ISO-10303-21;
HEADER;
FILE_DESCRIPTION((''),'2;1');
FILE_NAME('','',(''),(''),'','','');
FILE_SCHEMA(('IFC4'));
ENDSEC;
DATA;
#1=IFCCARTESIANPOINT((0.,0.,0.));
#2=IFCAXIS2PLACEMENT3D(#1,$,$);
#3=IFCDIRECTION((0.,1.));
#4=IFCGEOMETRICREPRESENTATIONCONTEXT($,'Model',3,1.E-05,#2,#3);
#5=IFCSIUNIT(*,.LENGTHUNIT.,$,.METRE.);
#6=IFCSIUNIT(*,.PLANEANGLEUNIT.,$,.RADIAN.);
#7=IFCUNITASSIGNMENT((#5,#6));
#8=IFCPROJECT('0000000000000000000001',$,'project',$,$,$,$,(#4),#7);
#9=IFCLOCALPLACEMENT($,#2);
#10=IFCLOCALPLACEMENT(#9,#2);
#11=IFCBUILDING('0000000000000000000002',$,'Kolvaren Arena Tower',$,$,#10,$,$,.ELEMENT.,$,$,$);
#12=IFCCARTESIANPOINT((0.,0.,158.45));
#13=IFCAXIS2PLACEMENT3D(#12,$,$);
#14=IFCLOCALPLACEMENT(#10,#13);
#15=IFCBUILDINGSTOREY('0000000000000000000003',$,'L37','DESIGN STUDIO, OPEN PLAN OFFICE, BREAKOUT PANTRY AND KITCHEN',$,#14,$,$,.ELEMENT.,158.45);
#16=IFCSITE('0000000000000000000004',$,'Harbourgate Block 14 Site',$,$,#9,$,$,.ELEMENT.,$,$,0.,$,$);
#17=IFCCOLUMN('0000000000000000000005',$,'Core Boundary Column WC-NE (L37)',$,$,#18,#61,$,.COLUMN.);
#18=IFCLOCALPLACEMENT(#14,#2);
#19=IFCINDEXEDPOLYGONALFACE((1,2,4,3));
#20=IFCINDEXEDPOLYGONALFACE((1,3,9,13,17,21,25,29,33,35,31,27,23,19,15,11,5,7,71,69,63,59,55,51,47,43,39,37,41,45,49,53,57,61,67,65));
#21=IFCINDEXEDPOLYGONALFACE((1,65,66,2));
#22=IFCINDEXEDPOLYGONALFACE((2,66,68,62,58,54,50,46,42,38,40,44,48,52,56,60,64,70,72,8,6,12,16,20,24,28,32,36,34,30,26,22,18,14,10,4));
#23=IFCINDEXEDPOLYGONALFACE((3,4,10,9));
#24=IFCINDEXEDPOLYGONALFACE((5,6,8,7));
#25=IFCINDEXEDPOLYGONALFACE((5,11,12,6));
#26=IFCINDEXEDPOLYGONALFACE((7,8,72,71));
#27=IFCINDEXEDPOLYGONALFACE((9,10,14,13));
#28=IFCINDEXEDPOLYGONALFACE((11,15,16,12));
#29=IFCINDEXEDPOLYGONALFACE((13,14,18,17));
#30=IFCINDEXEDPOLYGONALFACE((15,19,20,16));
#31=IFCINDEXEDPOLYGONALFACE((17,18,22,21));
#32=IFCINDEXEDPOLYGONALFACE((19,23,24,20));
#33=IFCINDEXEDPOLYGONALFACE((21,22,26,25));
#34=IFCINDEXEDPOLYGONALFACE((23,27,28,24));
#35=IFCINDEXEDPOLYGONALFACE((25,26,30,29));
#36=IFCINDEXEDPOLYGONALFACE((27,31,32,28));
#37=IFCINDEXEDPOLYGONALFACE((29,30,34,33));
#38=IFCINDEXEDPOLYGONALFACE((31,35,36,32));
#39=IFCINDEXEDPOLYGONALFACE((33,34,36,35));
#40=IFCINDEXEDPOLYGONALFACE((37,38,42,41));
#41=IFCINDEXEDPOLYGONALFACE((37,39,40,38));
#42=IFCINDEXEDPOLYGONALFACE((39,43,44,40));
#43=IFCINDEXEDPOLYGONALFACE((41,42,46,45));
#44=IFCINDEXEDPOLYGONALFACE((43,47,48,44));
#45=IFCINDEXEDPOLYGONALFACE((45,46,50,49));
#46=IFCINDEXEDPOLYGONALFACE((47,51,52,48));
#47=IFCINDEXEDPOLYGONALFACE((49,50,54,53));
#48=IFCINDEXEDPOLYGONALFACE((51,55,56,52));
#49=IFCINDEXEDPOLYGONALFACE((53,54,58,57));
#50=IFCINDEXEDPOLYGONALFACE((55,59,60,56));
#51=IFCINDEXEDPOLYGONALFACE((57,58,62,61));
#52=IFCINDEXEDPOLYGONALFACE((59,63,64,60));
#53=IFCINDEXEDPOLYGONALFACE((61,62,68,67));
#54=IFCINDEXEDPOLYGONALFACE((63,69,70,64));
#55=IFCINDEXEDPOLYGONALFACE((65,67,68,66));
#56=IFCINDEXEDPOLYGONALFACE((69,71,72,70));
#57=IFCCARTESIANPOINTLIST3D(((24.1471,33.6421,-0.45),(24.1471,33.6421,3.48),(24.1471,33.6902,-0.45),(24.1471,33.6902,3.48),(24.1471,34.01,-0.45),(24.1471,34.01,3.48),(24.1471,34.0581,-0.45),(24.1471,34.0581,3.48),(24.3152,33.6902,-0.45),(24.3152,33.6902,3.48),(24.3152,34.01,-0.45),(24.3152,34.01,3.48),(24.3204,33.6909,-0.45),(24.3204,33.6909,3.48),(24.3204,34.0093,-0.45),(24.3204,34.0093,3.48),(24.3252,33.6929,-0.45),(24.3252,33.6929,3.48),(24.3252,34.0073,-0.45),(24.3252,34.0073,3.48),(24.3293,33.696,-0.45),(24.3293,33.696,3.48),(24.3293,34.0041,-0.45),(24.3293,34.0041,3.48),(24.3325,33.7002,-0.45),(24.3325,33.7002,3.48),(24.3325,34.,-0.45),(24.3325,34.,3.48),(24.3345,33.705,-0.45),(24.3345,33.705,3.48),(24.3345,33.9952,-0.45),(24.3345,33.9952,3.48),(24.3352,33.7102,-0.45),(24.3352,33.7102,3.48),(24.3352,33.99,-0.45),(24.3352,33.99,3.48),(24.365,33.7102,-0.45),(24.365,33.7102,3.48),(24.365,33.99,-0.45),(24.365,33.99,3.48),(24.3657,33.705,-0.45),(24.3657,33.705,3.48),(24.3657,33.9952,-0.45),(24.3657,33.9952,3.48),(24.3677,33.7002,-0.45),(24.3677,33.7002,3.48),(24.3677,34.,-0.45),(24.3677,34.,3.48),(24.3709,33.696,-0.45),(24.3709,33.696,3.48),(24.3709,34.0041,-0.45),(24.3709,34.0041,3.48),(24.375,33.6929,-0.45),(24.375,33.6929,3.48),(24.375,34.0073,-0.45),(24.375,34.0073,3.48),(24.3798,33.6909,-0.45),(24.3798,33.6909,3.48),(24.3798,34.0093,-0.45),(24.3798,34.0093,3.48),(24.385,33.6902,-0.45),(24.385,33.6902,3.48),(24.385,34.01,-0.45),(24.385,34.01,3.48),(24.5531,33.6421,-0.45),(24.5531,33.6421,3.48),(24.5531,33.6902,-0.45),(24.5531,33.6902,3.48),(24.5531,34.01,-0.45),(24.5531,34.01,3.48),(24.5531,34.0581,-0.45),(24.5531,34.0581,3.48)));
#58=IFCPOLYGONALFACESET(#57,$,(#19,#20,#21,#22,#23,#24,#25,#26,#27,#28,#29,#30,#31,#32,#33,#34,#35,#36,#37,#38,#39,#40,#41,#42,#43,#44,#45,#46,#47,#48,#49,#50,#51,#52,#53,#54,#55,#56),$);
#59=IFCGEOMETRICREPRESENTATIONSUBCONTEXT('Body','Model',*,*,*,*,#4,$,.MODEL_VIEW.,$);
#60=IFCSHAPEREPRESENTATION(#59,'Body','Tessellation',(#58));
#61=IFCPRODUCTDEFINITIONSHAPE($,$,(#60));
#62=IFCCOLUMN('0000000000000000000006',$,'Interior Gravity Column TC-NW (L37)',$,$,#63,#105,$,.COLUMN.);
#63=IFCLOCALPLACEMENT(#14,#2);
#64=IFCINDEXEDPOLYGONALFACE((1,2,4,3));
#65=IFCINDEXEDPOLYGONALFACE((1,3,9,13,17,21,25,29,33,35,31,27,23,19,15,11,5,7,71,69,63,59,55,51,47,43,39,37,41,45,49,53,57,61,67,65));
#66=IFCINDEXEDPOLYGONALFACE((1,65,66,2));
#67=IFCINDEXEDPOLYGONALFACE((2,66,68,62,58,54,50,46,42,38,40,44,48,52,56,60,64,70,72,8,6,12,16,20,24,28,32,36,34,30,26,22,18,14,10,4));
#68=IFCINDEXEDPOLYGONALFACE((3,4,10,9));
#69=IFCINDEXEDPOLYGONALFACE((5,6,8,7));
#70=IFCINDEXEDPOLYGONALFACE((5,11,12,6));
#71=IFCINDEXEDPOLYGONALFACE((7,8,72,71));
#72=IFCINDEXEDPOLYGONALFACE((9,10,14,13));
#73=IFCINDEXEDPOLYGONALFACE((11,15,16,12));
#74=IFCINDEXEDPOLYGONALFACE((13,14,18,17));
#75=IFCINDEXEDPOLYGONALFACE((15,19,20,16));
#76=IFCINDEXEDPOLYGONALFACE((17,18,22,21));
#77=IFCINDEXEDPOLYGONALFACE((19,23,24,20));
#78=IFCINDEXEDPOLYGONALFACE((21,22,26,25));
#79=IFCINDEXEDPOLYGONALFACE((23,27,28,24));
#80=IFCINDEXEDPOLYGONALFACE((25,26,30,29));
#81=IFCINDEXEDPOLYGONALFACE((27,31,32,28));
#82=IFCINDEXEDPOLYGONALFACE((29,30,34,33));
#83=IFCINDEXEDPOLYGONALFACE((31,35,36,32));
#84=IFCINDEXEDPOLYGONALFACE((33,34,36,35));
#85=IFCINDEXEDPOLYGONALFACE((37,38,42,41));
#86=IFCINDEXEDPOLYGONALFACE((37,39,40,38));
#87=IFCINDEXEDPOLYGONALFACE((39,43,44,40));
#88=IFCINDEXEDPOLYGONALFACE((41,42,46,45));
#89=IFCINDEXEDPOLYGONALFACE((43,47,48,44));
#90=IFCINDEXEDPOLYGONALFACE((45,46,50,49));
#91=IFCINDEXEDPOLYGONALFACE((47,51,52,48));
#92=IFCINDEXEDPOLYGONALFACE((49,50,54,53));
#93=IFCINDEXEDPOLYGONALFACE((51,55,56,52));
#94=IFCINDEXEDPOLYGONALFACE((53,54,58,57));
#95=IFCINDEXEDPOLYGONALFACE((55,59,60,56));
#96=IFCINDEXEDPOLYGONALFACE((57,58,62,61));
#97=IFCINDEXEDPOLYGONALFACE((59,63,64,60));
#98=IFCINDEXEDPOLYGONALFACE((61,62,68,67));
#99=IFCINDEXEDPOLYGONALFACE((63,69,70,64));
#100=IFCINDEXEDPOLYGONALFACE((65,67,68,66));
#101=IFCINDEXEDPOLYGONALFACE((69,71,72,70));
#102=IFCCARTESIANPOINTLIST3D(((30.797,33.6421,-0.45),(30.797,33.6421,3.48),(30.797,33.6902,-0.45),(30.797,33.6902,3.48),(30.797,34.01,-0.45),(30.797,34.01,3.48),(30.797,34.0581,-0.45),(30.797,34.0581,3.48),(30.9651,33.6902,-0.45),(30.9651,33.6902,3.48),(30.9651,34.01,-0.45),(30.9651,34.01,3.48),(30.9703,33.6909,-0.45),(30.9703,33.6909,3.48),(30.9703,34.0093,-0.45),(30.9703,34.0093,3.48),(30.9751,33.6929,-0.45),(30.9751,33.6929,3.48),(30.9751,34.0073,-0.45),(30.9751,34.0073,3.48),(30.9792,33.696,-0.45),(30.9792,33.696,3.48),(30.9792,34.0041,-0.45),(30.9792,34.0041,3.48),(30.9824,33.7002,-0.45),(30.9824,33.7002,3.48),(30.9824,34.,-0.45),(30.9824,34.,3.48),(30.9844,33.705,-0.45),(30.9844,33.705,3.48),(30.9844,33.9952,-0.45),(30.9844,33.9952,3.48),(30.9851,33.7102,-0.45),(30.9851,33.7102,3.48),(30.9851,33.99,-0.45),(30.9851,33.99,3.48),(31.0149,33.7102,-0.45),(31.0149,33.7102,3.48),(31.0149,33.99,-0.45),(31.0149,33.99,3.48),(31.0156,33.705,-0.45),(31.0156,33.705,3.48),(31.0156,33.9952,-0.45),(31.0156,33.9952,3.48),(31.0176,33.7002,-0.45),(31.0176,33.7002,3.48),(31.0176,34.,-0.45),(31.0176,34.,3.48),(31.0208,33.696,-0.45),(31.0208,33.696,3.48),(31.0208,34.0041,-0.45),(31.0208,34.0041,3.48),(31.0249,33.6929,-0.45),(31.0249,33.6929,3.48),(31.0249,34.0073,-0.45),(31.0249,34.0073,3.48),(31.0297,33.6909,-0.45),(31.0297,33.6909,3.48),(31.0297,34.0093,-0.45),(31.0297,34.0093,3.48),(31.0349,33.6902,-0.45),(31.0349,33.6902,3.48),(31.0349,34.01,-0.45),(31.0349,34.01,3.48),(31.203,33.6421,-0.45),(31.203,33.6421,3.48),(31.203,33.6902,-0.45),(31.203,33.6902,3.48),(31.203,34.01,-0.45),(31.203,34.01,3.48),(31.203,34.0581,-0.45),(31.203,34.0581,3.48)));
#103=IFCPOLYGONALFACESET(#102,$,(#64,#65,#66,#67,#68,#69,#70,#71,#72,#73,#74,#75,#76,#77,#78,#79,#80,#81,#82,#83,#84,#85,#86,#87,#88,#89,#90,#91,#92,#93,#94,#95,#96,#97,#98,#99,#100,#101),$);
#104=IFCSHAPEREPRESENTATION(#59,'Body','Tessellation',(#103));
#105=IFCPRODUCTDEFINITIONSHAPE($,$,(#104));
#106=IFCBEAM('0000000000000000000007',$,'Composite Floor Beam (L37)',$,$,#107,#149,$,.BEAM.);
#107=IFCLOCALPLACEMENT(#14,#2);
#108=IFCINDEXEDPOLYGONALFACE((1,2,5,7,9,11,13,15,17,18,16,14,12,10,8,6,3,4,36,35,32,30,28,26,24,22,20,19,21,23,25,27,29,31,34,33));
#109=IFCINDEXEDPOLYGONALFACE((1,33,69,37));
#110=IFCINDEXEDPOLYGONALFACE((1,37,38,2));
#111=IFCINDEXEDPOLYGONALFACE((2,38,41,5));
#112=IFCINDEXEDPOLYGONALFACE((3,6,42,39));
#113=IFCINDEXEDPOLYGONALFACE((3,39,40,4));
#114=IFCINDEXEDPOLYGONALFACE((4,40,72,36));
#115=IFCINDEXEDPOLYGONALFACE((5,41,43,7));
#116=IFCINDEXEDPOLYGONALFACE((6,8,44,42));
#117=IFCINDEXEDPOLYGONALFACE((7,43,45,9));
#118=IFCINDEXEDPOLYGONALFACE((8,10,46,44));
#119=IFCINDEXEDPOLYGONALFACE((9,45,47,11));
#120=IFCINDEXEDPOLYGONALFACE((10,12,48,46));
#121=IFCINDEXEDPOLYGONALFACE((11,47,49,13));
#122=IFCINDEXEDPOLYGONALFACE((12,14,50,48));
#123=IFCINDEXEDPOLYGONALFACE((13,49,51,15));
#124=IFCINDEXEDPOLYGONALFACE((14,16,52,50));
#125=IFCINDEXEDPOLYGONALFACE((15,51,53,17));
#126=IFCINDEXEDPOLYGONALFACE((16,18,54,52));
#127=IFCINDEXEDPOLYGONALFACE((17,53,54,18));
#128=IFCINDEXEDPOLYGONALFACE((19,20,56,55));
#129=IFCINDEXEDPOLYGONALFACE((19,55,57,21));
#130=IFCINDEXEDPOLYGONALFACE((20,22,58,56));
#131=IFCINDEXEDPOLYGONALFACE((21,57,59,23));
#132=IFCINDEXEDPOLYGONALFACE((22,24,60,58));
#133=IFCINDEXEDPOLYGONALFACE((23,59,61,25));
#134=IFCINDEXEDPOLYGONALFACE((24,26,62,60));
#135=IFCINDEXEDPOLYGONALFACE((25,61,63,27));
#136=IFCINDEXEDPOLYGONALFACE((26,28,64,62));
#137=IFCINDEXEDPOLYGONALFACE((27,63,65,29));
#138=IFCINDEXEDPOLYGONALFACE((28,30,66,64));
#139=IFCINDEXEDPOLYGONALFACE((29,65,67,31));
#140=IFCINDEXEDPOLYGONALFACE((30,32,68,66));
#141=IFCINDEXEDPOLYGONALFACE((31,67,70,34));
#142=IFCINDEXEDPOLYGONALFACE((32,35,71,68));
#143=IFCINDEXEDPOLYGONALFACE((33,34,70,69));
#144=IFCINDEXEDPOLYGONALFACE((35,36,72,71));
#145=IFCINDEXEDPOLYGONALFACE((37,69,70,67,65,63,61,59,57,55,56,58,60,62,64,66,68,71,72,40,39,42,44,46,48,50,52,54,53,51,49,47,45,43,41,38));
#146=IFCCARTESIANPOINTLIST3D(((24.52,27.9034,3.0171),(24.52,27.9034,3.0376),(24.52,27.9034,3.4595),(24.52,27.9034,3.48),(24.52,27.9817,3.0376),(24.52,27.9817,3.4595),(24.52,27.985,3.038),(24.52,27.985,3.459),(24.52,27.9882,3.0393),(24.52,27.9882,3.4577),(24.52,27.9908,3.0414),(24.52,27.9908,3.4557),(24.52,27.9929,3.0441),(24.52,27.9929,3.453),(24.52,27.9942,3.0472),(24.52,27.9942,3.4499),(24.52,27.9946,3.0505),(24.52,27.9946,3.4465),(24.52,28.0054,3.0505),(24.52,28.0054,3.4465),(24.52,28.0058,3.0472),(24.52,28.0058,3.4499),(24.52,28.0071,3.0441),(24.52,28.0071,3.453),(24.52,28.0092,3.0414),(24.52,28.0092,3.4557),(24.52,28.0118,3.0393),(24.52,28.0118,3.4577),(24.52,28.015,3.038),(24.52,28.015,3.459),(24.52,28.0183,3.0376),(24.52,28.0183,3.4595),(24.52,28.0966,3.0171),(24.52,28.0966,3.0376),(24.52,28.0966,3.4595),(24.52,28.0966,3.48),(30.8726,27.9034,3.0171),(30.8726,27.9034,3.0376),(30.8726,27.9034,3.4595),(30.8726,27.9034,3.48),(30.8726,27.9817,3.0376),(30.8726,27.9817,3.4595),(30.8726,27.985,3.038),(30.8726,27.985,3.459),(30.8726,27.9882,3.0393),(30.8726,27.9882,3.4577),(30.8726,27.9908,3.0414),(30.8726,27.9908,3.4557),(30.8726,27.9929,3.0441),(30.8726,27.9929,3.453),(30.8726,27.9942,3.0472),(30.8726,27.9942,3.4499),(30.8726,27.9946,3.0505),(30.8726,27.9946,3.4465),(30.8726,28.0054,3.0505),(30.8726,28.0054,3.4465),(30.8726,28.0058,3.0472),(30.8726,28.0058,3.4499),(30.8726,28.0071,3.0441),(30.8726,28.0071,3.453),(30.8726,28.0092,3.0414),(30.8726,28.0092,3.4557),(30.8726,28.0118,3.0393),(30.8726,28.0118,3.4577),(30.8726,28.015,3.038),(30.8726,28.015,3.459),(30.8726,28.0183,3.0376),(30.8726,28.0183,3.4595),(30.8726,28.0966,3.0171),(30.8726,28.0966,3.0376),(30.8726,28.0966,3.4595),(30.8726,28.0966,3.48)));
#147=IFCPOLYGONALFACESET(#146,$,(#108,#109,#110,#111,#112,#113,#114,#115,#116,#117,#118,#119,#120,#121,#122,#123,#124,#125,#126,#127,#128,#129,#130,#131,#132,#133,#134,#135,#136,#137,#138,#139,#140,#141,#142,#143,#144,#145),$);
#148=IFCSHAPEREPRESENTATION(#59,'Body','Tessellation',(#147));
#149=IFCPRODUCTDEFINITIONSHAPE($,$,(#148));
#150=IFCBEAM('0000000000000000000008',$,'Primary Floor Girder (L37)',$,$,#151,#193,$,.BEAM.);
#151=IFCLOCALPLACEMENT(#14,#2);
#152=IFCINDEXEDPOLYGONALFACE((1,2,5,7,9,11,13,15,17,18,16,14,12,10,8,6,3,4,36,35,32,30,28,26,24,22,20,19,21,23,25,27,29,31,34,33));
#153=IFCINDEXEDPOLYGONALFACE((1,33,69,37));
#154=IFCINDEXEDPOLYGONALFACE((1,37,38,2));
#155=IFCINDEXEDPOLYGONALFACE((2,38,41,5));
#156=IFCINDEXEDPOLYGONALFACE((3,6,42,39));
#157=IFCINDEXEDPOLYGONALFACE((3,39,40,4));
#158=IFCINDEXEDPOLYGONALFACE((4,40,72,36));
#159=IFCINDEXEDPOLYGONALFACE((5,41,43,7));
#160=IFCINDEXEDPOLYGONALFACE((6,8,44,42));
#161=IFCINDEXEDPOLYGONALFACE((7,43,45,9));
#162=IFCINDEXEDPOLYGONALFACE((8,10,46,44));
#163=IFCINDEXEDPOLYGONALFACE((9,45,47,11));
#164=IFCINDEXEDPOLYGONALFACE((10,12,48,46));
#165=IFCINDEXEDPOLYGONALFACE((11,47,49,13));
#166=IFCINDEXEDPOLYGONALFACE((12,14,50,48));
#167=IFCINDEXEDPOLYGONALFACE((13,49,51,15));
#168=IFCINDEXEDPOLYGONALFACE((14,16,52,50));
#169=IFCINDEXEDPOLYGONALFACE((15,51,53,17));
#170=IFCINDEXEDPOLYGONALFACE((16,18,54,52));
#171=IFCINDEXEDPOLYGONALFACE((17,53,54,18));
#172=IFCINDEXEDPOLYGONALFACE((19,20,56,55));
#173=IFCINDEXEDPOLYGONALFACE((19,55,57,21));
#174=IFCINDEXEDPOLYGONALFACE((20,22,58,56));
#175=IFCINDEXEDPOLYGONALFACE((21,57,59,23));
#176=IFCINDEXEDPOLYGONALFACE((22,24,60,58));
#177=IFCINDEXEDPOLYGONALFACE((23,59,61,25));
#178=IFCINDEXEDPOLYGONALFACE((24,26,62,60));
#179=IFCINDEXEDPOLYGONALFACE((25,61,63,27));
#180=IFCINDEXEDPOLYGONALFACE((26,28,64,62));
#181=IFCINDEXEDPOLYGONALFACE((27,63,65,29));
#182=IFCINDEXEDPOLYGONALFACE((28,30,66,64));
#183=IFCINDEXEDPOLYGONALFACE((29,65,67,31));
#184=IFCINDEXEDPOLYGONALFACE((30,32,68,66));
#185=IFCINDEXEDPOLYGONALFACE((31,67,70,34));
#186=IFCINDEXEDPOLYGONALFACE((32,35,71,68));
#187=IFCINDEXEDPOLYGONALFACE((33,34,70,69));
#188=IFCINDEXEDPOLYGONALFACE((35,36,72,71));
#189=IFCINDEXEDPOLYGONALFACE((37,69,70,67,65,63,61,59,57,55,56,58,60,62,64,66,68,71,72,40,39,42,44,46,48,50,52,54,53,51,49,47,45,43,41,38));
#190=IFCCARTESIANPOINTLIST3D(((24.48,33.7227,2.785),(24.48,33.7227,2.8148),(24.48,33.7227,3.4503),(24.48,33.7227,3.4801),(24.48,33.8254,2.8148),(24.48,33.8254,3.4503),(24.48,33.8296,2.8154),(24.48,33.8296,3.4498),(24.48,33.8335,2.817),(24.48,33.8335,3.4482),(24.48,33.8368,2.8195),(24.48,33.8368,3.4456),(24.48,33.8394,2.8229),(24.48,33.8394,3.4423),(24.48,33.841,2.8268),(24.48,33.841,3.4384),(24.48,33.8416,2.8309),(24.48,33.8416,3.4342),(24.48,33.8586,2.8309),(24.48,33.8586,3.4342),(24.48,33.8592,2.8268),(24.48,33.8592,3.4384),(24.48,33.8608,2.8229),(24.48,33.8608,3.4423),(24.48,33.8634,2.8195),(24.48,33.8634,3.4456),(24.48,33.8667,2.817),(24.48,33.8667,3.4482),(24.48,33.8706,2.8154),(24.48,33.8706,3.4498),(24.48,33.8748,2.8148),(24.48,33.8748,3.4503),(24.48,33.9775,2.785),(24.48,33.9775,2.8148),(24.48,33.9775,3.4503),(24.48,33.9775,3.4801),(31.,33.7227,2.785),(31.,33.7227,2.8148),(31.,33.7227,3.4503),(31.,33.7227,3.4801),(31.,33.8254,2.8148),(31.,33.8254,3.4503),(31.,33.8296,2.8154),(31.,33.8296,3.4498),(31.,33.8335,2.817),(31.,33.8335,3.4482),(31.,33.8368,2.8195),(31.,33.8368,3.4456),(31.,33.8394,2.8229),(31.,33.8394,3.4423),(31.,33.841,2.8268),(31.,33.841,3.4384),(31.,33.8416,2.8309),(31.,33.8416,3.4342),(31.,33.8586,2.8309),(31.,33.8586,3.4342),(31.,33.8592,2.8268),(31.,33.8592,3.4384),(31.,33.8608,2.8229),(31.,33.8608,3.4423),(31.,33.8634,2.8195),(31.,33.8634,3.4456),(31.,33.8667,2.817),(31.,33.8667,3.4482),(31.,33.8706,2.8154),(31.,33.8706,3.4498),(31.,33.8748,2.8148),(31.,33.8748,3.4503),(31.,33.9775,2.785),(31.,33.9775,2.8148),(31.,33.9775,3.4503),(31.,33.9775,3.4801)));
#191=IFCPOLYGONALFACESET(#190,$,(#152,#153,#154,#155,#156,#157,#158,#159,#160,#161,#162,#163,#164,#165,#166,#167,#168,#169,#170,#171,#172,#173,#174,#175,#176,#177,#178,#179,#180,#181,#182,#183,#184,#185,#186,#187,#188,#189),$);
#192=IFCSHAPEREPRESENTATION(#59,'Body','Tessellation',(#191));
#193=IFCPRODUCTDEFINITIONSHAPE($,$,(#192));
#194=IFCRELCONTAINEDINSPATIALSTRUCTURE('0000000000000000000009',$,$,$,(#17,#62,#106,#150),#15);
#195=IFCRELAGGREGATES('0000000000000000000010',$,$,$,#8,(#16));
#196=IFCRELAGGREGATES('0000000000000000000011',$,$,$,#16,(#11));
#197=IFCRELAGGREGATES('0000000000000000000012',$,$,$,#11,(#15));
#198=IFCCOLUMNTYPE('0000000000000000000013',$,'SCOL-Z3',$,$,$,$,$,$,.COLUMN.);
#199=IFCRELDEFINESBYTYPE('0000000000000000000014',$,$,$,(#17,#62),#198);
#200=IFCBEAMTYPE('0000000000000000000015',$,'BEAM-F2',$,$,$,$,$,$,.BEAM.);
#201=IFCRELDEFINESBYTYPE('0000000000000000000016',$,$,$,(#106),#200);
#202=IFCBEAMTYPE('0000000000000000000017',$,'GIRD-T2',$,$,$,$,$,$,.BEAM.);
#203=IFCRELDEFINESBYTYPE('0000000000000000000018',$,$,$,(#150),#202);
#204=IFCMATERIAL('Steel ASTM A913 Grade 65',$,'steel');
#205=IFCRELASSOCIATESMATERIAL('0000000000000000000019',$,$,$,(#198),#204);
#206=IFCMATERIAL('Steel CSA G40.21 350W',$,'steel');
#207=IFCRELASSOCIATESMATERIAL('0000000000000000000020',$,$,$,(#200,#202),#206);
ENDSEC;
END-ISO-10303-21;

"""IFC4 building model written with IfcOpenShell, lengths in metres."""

from ifc_helpers import new_model, si_unit, direction, frame, origin, origin_2d, place, context, subcontext, project, spatial, i_section, extrude, material, material_profile, profile_set, type_object, element, save


model = new_model("IFC4")

# Units and contexts
model_context = context("Model", 3, precision=1e-05, world=origin(), true_north=direction((0.0, 1.0)))
body_context = subcontext(model_context, "Body", "Model", "MODEL_VIEW")
ifc_project = project(units=[si_unit("LENGTHUNIT", "METRE"), si_unit("PLANEANGLEUNIT", "RADIAN")], contexts=[model_context])

# Site, building, storey
site_placement = place(None, origin())
site = spatial("IfcSite", under=ifc_project, at=site_placement, Name="Harbourgate Block 14 Site", CompositionType="ELEMENT", RefElevation=0.0)
building_placement = place(site_placement, origin())
building = spatial("IfcBuilding", under=site, at=building_placement, Name="Kolvaren Arena Tower", CompositionType="ELEMENT")
storey_placement = place(building_placement, frame((0.0, 0.0, 158.45)))
storey = spatial("IfcBuildingStorey", under=building, at=storey_placement, Name="L37", Description="DESIGN STUDIO, OPEN PLAN OFFICE, BREAKOUT PANTRY AND KITCHEN", CompositionType="ELEMENT", Elevation=158.45)

# Columns
ifc_material_1 = material(Name="Steel ASTM A913 Grade 65", Category="steel")
ifc_material_profile_1 = material_profile(ifc_material_1, i_section(OverallWidth=0.406, OverallDepth=0.416, WebThickness=0.0298, FlangeThickness=0.0481, FilletRadius=0.02, at=origin_2d()), Name="W360x382")
ifc_profile_set_1 = profile_set([ifc_material_profile_1], Name="Steel ASTM A913 Grade 65")
column_type = type_object("IfcColumnType", Name="SCOL-Z3", PredefinedType="COLUMN", material=ifc_profile_set_1)
for number, where, z_axis, x_axis, name in (
    (1, (24.3501, 33.8501, -0.45), (0.0, 0.0, 1.0), (1.0, 0.0, 0.0), "Core Boundary Column WC-NE (L37)"),
    (2, (31.0, 33.8501, -0.45), (0.0, 0.0, 1.0), (1.0, 0.0, 0.0), "Interior Gravity Column TC-NW (L37)"),
):
    element("IfcColumn", number, at=place(storey_placement, frame(where, z_axis=z_axis, x_axis=x_axis)), inside=storey, type_object=column_type, Name=name, PredefinedType="COLUMN", context=body_context, shape_type="SweptSolid", body=[
        extrude(i_section(OverallWidth=0.406, OverallDepth=0.416, WebThickness=0.0298, FlangeThickness=0.0481, FilletRadius=0.02, at=origin_2d()), origin(), (0.0, 0.0, 1.0), 3.9299),
    ])

# Beams
ifc_material_2 = material(Name="Steel CSA G40.21 350W", Category="steel")
ifc_material_profile_2 = material_profile(ifc_material_2, i_section(OverallWidth=0.1931, OverallDepth=0.4629, WebThickness=0.0107, FlangeThickness=0.0205, FilletRadius=0.0129, at=origin_2d()), Name="W460x113")
ifc_profile_set_2 = profile_set([ifc_material_profile_2], Name="Steel CSA G40.21 350W")
beam_type_1 = type_object("IfcBeamType", Name="BEAM-F2", PredefinedType="BEAM", material=ifc_profile_set_2)
beam_1_placement = place(storey_placement, frame((24.52, 28.0, 3.2485), z_axis=(1.0, 0.0, 0.0), x_axis=(0.0, 1.0, 0.0)))
element("IfcBeam", 3, at=beam_1_placement, inside=storey, type_object=beam_type_1, Name="Composite Floor Beam (L37)", PredefinedType="BEAM", context=body_context, shape_type="SweptSolid", body=[
    extrude(i_section(OverallWidth=0.1931, OverallDepth=0.4629, WebThickness=0.0107, FlangeThickness=0.0205, FilletRadius=0.0129, at=origin_2d()), origin(), (0.0, 0.0, 1.0), 6.3525),
])
ifc_material_profile_3 = material_profile(ifc_material_2, i_section(OverallWidth=0.2549, OverallDepth=0.6951, WebThickness=0.0171, FlangeThickness=0.0298, FilletRadius=0.0161, at=origin_2d()), Name="W690x217")
ifc_profile_set_3 = profile_set([ifc_material_profile_3], Name="Steel CSA G40.21 350W")
beam_type_2 = type_object("IfcBeamType", Name="GIRD-T2", PredefinedType="BEAM", material=ifc_profile_set_3)
beam_2_placement = place(storey_placement, frame((24.48, 33.8501, 3.1326), z_axis=(1.0, 0.0, 0.0), x_axis=(0.0, 1.0, 0.0)))
element("IfcBeam", 4, at=beam_2_placement, inside=storey, type_object=beam_type_2, Name="Primary Floor Girder (L37)", PredefinedType="BEAM", context=body_context, shape_type="SweptSolid", body=[
    extrude(i_section(OverallWidth=0.2549, OverallDepth=0.6951, WebThickness=0.0171, FlangeThickness=0.0298, FilletRadius=0.0161, at=origin_2d()), origin(), (0.0, 0.0, 1.0), 6.52),
])

save(model, "model.ifc")
